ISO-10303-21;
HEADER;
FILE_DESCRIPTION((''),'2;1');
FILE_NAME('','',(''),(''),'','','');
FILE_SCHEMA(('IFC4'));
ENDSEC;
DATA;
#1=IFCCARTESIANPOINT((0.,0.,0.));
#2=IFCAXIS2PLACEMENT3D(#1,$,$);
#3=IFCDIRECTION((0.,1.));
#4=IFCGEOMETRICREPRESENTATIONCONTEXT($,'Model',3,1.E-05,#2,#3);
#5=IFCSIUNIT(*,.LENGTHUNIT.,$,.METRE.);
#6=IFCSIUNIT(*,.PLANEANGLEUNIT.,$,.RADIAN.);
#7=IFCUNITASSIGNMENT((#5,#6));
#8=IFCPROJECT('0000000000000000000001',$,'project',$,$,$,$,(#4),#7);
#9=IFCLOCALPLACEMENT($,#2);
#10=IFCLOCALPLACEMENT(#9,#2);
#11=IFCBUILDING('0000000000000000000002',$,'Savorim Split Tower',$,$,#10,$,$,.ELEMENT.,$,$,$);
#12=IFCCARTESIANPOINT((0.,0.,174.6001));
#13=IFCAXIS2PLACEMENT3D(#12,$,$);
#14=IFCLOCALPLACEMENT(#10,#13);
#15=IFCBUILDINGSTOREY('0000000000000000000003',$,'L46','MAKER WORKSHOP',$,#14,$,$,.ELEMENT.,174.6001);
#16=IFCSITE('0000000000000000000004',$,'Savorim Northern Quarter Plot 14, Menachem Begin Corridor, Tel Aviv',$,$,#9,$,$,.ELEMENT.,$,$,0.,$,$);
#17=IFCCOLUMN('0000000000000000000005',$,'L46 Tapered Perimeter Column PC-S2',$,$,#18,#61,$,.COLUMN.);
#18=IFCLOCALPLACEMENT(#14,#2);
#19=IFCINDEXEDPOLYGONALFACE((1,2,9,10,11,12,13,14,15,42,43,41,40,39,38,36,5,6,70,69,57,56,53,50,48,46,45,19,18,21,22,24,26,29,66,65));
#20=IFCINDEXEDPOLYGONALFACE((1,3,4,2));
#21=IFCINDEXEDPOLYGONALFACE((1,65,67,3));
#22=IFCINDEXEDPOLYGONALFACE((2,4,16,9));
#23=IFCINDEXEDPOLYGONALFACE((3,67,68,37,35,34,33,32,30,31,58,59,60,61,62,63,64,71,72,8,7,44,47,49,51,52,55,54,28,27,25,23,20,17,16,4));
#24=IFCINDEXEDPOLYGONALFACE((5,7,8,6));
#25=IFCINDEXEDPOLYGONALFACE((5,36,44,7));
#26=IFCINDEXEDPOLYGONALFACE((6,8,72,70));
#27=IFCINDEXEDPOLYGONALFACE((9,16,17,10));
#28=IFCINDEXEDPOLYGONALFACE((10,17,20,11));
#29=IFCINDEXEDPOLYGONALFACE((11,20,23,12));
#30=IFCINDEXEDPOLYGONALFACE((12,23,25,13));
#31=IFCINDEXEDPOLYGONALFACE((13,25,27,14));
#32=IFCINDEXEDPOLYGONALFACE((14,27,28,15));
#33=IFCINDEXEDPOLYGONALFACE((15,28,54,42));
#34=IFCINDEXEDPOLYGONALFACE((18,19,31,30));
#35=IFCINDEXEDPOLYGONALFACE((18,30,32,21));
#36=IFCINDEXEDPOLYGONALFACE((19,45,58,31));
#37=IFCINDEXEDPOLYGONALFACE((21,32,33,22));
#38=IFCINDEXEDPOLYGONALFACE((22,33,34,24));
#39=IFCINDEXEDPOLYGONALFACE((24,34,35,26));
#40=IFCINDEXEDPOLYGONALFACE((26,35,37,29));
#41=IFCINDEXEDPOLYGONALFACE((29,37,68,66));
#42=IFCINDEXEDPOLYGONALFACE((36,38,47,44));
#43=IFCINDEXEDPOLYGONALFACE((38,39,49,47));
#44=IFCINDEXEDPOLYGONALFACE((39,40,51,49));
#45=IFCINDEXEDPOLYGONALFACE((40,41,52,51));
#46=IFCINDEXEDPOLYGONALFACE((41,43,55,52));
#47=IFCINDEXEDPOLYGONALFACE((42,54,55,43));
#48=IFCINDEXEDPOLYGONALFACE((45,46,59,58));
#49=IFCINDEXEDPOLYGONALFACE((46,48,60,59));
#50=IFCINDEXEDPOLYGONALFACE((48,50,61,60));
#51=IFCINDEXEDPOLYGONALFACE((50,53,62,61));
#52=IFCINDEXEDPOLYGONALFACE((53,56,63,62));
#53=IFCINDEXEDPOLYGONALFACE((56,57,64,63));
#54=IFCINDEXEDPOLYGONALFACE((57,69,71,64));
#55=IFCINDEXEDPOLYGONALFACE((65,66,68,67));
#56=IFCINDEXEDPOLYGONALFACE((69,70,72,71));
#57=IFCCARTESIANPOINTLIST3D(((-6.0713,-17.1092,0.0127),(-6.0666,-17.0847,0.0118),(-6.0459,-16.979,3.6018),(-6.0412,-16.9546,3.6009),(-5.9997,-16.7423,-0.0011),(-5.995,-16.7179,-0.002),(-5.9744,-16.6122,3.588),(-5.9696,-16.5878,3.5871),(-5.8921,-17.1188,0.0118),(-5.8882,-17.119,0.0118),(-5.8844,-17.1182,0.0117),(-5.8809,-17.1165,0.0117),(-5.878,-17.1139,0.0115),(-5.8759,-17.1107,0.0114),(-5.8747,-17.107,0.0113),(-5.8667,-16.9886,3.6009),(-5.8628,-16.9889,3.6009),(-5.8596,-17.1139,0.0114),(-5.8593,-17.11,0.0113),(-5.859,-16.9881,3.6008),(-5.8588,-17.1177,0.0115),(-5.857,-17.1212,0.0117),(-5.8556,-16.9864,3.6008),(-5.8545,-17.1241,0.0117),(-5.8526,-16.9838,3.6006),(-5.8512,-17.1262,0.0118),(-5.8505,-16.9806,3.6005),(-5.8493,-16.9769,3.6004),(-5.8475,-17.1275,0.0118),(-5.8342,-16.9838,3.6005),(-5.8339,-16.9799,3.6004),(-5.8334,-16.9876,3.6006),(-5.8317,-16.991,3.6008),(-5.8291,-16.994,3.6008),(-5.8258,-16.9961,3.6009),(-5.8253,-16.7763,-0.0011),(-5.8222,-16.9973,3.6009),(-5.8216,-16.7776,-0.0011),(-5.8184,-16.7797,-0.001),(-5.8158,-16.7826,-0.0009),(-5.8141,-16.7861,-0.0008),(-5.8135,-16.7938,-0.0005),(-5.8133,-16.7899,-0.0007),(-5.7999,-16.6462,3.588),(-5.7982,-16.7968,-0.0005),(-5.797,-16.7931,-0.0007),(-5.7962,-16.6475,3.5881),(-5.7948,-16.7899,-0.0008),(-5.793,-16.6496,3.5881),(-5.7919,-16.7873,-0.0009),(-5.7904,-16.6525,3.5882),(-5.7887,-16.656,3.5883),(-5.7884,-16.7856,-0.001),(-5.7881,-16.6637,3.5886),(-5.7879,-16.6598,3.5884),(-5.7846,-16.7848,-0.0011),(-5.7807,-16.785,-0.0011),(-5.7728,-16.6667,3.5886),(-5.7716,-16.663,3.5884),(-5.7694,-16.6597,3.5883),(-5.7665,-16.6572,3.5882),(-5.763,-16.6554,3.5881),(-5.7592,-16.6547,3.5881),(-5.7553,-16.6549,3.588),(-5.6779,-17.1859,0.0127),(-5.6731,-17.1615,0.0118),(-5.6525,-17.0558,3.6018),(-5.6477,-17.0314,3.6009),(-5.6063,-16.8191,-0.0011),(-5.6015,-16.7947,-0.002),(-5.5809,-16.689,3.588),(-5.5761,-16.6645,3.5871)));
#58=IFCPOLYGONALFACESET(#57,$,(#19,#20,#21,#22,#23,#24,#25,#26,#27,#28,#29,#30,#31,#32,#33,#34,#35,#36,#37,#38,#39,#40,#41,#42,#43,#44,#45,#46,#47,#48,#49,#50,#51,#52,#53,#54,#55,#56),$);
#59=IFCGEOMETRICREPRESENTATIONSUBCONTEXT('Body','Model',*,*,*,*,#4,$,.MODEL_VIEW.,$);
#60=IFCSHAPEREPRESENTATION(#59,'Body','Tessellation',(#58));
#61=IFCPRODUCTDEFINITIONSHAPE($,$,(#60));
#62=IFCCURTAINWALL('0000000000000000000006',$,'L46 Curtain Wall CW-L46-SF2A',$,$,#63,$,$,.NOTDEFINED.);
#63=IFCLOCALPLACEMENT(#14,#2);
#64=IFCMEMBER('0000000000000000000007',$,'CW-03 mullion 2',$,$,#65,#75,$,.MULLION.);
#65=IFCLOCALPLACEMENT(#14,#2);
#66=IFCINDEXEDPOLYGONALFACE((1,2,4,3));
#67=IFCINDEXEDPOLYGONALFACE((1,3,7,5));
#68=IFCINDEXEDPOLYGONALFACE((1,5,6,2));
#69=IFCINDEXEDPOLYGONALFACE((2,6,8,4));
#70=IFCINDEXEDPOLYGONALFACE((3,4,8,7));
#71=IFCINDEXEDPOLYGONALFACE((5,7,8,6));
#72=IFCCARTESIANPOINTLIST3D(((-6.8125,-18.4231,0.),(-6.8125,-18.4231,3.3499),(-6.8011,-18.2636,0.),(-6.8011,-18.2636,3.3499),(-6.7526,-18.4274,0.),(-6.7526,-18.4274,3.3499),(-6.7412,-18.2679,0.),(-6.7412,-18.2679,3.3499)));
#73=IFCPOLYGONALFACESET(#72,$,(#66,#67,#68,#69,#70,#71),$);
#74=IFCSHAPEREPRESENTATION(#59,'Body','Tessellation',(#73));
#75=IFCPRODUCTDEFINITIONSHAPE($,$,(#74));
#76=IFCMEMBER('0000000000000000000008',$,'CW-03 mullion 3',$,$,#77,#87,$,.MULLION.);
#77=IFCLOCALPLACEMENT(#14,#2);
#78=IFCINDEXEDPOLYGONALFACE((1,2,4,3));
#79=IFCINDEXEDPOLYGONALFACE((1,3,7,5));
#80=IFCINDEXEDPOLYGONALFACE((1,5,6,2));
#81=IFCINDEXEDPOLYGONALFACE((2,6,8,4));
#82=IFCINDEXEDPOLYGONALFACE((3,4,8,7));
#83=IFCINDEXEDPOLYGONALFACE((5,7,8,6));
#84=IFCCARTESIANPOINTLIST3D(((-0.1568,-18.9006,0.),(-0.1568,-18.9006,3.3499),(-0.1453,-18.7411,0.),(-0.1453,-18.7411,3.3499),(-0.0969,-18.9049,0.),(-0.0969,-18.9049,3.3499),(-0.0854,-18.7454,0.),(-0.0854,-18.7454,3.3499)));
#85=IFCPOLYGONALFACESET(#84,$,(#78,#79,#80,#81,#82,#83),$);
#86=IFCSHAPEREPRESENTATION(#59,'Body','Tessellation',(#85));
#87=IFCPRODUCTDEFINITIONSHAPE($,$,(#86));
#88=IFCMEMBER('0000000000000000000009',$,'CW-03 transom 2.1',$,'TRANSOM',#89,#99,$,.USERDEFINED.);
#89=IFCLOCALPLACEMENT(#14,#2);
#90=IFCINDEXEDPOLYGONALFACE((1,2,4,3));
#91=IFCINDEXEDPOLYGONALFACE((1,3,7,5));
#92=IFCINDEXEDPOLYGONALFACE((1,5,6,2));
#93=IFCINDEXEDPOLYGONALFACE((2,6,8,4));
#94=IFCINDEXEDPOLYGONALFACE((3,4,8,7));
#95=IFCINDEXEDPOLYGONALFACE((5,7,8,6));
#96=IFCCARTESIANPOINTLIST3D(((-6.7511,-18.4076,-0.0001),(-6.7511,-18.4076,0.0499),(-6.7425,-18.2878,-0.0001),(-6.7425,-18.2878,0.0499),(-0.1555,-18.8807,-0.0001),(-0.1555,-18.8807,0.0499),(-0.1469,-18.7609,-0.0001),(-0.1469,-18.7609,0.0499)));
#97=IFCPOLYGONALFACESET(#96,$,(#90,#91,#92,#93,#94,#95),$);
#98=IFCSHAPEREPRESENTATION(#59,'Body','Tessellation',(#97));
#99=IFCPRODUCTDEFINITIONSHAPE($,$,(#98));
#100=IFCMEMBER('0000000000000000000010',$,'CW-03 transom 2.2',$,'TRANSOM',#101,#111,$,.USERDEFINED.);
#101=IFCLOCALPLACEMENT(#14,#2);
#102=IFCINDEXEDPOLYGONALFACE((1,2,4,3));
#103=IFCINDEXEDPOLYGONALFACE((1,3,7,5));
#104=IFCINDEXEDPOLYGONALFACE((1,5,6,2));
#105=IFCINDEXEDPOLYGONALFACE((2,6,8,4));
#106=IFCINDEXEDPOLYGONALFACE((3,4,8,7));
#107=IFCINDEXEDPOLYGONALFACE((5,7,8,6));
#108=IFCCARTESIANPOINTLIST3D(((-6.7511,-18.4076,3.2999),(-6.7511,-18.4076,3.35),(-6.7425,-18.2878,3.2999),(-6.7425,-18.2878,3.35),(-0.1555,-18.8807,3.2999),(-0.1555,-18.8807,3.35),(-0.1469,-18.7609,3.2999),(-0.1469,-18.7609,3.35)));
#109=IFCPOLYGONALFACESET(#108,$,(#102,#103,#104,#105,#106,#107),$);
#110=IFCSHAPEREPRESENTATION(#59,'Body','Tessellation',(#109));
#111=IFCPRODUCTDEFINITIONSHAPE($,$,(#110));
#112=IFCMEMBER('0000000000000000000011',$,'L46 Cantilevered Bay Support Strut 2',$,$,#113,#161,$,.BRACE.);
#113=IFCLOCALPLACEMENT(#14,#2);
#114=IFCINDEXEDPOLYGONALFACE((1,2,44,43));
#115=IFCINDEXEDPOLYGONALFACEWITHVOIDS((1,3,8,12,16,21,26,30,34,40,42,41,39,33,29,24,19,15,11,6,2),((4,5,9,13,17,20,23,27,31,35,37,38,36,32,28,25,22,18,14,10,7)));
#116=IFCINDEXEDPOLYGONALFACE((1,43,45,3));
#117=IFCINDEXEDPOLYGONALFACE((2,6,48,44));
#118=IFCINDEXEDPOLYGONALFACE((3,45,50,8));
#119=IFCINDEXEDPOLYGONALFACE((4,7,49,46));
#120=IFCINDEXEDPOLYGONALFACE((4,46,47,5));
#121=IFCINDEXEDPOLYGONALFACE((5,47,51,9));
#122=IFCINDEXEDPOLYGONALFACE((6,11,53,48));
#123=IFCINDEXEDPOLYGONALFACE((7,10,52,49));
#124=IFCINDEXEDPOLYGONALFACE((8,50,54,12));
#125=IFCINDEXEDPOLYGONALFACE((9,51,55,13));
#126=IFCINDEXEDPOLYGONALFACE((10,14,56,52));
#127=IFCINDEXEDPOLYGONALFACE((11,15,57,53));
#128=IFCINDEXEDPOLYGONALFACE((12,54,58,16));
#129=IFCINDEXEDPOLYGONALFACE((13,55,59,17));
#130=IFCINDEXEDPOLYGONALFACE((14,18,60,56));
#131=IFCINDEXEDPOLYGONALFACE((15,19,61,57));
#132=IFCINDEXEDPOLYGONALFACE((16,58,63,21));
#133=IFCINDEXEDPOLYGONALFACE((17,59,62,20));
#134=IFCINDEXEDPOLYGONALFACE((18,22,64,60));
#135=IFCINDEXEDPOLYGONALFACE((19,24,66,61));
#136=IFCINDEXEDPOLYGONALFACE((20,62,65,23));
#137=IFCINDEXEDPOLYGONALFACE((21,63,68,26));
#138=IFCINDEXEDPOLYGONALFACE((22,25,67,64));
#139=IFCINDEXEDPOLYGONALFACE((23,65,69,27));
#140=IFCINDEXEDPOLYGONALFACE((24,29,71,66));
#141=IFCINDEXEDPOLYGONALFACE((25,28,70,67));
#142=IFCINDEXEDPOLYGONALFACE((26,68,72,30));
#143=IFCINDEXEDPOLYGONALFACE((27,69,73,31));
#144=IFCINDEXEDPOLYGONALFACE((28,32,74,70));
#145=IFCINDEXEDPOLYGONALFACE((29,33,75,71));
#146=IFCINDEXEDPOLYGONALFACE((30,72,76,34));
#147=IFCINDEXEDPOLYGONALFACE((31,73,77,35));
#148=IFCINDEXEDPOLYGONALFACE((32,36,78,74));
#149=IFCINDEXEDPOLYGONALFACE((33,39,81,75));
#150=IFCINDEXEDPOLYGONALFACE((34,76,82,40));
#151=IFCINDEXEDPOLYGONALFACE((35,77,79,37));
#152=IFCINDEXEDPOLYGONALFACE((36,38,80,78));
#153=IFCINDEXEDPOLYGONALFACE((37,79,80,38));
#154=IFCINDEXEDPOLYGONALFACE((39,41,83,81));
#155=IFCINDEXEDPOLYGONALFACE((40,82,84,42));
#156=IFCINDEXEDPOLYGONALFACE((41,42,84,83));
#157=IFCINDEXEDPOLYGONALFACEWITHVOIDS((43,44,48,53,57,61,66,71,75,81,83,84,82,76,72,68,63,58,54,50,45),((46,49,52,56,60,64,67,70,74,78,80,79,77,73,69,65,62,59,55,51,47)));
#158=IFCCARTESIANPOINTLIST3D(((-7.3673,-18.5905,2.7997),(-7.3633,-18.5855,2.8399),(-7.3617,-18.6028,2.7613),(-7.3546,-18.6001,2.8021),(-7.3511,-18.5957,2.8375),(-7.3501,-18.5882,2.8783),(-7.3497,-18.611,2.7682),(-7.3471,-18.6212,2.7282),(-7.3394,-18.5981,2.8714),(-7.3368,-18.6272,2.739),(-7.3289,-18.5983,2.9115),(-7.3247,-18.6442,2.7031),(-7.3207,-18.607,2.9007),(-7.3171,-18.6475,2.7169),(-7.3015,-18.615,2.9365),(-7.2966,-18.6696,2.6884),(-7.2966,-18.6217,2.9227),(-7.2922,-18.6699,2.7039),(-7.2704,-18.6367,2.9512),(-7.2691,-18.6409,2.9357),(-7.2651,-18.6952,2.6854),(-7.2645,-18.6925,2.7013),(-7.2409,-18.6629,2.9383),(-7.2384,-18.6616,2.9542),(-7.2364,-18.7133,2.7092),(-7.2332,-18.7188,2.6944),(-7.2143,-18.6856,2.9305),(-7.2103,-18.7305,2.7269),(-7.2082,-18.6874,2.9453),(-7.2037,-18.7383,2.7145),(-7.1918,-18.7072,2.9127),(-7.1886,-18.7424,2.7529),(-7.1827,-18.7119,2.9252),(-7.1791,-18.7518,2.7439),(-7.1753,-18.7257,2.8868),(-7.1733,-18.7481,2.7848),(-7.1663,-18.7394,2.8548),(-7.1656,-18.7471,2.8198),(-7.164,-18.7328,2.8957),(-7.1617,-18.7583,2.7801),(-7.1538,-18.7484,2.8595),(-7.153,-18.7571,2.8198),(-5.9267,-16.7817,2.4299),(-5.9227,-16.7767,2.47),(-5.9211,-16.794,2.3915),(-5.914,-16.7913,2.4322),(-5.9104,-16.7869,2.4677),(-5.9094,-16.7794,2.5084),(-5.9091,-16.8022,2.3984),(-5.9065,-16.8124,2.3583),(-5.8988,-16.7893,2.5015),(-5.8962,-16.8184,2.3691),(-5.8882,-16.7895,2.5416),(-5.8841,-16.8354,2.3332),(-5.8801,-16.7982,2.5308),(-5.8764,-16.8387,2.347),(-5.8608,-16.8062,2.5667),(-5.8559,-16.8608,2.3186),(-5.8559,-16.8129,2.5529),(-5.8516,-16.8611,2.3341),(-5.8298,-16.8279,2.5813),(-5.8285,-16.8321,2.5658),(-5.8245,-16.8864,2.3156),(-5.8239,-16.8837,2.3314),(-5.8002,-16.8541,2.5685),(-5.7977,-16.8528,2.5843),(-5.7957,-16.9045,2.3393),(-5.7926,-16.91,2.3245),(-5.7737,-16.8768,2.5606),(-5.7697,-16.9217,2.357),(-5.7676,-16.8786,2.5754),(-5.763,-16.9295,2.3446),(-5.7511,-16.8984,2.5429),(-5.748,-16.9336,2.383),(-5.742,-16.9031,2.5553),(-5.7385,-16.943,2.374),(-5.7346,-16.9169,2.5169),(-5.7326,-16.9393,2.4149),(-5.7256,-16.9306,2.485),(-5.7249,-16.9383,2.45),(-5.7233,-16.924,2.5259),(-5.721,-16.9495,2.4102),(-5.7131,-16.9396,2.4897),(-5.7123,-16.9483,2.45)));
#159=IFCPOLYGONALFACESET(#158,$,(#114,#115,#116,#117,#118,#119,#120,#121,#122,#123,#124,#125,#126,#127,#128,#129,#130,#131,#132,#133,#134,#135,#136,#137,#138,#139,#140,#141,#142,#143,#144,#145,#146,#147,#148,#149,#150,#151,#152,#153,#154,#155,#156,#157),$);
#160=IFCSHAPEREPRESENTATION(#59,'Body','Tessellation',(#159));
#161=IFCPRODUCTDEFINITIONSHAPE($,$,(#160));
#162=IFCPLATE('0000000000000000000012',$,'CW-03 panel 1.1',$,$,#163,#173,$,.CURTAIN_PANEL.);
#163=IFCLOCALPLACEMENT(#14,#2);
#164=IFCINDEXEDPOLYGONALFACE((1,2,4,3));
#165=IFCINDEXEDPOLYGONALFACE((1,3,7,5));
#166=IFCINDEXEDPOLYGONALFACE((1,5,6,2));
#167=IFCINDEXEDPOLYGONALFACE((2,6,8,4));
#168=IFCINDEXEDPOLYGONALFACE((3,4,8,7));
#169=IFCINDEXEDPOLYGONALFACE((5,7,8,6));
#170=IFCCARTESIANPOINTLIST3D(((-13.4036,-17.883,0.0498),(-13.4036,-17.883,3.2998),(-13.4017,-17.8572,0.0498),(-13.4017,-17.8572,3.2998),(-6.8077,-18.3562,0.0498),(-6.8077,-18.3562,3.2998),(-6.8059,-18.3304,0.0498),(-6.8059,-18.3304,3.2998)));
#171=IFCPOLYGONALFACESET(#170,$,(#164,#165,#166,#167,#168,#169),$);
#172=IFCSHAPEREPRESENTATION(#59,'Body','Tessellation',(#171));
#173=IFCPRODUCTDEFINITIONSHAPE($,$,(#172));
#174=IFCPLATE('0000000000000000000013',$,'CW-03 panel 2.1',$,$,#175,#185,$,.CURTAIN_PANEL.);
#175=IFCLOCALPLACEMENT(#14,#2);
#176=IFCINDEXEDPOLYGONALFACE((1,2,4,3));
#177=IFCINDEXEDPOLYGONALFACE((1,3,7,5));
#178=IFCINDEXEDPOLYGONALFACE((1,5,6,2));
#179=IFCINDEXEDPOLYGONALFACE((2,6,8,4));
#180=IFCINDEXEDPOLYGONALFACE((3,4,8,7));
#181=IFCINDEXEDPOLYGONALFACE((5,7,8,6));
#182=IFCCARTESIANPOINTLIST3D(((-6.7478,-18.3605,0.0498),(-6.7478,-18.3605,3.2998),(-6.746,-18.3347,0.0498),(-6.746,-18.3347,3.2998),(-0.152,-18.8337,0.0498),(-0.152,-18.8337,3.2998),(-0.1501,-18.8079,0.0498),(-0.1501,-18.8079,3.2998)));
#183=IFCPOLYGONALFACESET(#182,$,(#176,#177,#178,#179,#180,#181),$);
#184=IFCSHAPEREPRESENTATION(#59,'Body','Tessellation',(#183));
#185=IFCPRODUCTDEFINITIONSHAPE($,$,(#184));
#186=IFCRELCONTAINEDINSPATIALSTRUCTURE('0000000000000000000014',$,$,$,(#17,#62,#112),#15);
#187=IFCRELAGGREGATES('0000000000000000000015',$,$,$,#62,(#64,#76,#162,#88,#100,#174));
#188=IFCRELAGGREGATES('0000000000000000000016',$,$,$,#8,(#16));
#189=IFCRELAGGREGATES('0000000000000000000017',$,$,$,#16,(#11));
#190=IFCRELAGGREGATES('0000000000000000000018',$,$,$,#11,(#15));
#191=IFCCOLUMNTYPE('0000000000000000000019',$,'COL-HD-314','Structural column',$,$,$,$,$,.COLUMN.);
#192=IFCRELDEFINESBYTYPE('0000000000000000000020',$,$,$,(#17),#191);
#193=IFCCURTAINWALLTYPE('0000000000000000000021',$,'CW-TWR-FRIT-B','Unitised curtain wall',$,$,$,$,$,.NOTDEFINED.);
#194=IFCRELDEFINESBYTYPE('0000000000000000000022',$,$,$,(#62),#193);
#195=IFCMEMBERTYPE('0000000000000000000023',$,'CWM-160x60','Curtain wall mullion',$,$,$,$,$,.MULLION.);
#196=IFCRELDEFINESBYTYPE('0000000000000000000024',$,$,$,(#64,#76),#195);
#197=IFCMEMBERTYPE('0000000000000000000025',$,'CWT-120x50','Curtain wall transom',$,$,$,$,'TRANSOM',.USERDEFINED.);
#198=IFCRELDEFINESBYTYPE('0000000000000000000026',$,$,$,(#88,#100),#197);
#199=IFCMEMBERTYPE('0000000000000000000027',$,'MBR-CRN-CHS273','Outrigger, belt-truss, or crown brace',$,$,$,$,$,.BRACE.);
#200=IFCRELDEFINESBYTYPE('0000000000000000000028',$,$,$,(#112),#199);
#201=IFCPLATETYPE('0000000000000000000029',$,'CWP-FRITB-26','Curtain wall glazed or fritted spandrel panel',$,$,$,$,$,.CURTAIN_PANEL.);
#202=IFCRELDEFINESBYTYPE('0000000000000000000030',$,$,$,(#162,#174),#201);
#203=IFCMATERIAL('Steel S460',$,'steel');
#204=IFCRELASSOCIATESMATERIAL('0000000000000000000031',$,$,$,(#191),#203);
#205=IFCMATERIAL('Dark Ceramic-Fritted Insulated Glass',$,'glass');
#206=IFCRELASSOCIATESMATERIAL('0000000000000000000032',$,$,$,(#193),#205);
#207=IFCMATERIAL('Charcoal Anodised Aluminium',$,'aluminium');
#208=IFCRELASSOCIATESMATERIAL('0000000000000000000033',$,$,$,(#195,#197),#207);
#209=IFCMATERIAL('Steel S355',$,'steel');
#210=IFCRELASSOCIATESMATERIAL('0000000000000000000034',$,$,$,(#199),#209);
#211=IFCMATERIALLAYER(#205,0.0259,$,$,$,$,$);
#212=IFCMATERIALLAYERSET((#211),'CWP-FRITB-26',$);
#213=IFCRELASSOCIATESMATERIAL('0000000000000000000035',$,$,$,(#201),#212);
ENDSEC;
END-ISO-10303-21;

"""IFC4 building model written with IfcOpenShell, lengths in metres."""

from ifc_helpers import new_model, si_unit, direction, frame, origin, origin_2d, place, context, subcontext, project, spatial, rectangle, hollow_circle, i_section, extrude, material, layer, layer_set, material_profile, profile_set, type_object, element, aggregate, save


model = new_model("IFC4")

# Units and contexts
model_context = context("Model", 3, precision=1e-05, world=origin(), true_north=direction((0.0, 1.0)))
body_context = subcontext(model_context, "Body", "Model", "MODEL_VIEW")
ifc_project = project(units=[si_unit("LENGTHUNIT", "METRE"), si_unit("PLANEANGLEUNIT", "RADIAN")], contexts=[model_context])

# Site, building, storey
site_placement = place(None, origin())
site = spatial("IfcSite", under=ifc_project, at=site_placement, Name="Savorim Northern Quarter Plot 14, Menachem Begin Corridor, Tel Aviv", CompositionType="ELEMENT", RefElevation=0.0)
building_placement = place(site_placement, origin())
building = spatial("IfcBuilding", under=site, at=building_placement, Name="Savorim Split Tower", CompositionType="ELEMENT")
storey_placement = place(building_placement, frame((0.0, 0.0, 174.6001)))
storey = spatial("IfcBuildingStorey", under=building, at=storey_placement, Name="L46", Description="MAKER WORKSHOP", CompositionType="ELEMENT", Elevation=174.6001)

# Column
ifc_material_1 = material(Name="Steel S460", Category="steel")
ifc_material_profile_1 = material_profile(ifc_material_1, i_section(OverallWidth=0.4009, OverallDepth=0.3989, WebThickness=0.0156, FlangeThickness=0.0249, FilletRadius=0.0149, at=origin_2d()), Name="HD 400x314")
ifc_profile_set_1 = profile_set([ifc_material_profile_1], Name="Steel S460")
column_type = type_object("IfcColumnType", Name="COL-HD-314", Description="Structural column", PredefinedType="COLUMN", material=ifc_profile_set_1)
column_placement = place(storey_placement, frame((-5.8364, -16.9519, 0.0054), z_axis=(0.00707, 0.036231, 0.999318), x_axis=(-0.981491, 0.19151, 0.0)))
element("IfcColumn", 1, at=column_placement, inside=storey, type_object=column_type, Name="L46 Tapered Perimeter Column PC-S2", PredefinedType="COLUMN", context=body_context, shape_type="SweptSolid", body=[
    extrude(i_section(OverallWidth=0.4009, OverallDepth=0.3989, WebThickness=0.0156, FlangeThickness=0.0249, FilletRadius=0.0149, at=origin_2d()), origin(), (0.0, 0.0, 1.0), 3.5916),
])

# Curtain wall, members
ifc_material_2 = material(Name="Dark Ceramic-Fritted Insulated Glass", Category="glass")
curtain_wall_type = type_object("IfcCurtainWallType", Name="CW-TWR-FRIT-B", Description="Unitised curtain wall", PredefinedType="NOTDEFINED", material=ifc_material_2)
curtain_wall_placement = place(storey_placement, origin())
curtain_wall = element("IfcCurtainWall", 2, at=curtain_wall_placement, inside=storey, type_object=curtain_wall_type, Name="L46 Curtain Wall CW-L46-SF2A", PredefinedType="NOTDEFINED")
ifc_material_3 = material(Name="Charcoal Anodised Aluminium", Category="aluminium")
ifc_material_profile_2 = material_profile(ifc_material_3, rectangle(XDim=0.1599, YDim=0.0601, at=origin_2d()), Name="ALU-M 160x60")
ifc_profile_set_2 = profile_set([ifc_material_profile_2], Name="Charcoal Anodised Aluminium")
member_type_1 = type_object("IfcMemberType", Name="CWM-160x60", Description="Curtain wall mullion", PredefinedType="MULLION", material=ifc_profile_set_2)
member_1_placement = place(storey_placement, frame((-6.7769, -18.3455, 0.0), z_axis=(0.0, 0.0, 1.0), x_axis=(0.071559, 0.997436, 0.0)))
member_1 = element("IfcMember", 3, at=member_1_placement, type_object=member_type_1, Name="CW-03 mullion 2", PredefinedType="MULLION", context=body_context, shape_type="SweptSolid", body=[
    extrude(rectangle(XDim=0.1599, YDim=0.0601, at=origin_2d()), origin(), (0.0, 0.0, 1.0), 3.3499),
])
member_2_placement = place(storey_placement, frame((-0.1211, -18.823, 0.0), z_axis=(0.0, 0.0, 1.0), x_axis=(0.071559, 0.997436, 0.0)))
member_2 = element("IfcMember", 4, at=member_2_placement, type_object=member_type_1, Name="CW-03 mullion 3", PredefinedType="MULLION", context=body_context, shape_type="SweptSolid", body=[
    extrude(rectangle(XDim=0.1599, YDim=0.0601, at=origin_2d()), origin(), (0.0, 0.0, 1.0), 3.3499),
])
ifc_material_profile_3 = material_profile(ifc_material_3, rectangle(XDim=0.1201, YDim=0.05, at=origin_2d()), Name="ALU-T 120x50")
ifc_profile_set_3 = profile_set([ifc_material_profile_3], Name="Charcoal Anodised Aluminium")
member_type_2 = type_object("IfcMemberType", Name="CWT-120x50", Description="Curtain wall transom", ElementType="TRANSOM", PredefinedType="USERDEFINED", material=ifc_profile_set_3)
member_3_placement = place(storey_placement, frame((-6.7468, -18.3477, 0.0249), z_axis=(0.997437, -0.071551, 0.0), x_axis=(0.071551, 0.997437, 0.0)))
member_3 = element("IfcMember", 5, at=member_3_placement, type_object=member_type_2, Name="CW-03 transom 2.1", ObjectType="TRANSOM", PredefinedType="USERDEFINED", context=body_context, shape_type="SweptSolid", body=[
    extrude(rectangle(XDim=0.1201, YDim=0.05, at=origin_2d()), origin(), (0.0, 0.0, 1.0), 6.6125),
])
member_4_placement = place(storey_placement, frame((-6.7468, -18.3477, 3.325), z_axis=(0.997437, -0.071551, 0.0), x_axis=(0.071551, 0.997437, 0.0)))
member_4 = element("IfcMember", 6, at=member_4_placement, type_object=member_type_2, Name="CW-03 transom 2.2", ObjectType="TRANSOM", PredefinedType="USERDEFINED", context=body_context, shape_type="SweptSolid", body=[
    extrude(rectangle(XDim=0.1201, YDim=0.05, at=origin_2d()), origin(), (0.0, 0.0, 1.0), 6.6125),
])

# Member
ifc_material_4 = material(Name="Steel S355", Category="steel")
ifc_material_profile_4 = material_profile(ifc_material_4, hollow_circle(Radius=0.1365, WallThickness=0.0161, at=origin_2d()), Name="CHS 273x16")
ifc_profile_set_4 = profile_set([ifc_material_profile_4], Name="Steel S355")
member_type_3 = type_object("IfcMemberType", Name="MBR-CRN-CHS273", Description="Outrigger, belt-truss, or crown brace", PredefinedType="BRACE", material=ifc_profile_set_4)
member_5_placement = place(storey_placement, frame((-5.8191, -16.8633, 2.45), z_axis=(-0.615187, -0.772398, 0.157941), x_axis=(0.782216, -0.623007, 0.0)))
element("IfcMember", 7, at=member_5_placement, inside=storey, type_object=member_type_3, Name="L46 Cantilevered Bay Support Strut 2", PredefinedType="BRACE", context=body_context, shape_type="SweptSolid", body=[
    extrude(hollow_circle(Radius=0.1365, WallThickness=0.0161, at=origin_2d()), origin(), (0.0, 0.0, 1.0), 2.3418),
])

# Plates
ifc_layer_1 = layer(ifc_material_2, 0.0259)
ifc_layer_set_1 = layer_set([ifc_layer_1], Name="CWP-FRITB-26")
plate_type_1 = type_object("IfcPlateType", Name="CWP-FRITB-26", Description="Curtain wall glazed or fritted spandrel panel", PredefinedType="CURTAIN_PANEL", material=ifc_layer_set_1)
plate_1_placement = place(storey_placement, frame((-10.1047, -18.1067, 0.0498), z_axis=(0.0, 0.0, 1.0), x_axis=(0.997436, -0.071559, 0.0)))
plate_1 = element("IfcPlate", 8, at=plate_1_placement, type_object=plate_type_1, Name="CW-03 panel 1.1", PredefinedType="CURTAIN_PANEL", context=body_context, shape_type="SweptSolid", body=[
    extrude(rectangle(XDim=6.6128, YDim=0.0259, at=origin_2d()), origin(), (0.0, 0.0, 1.0), 3.25),
])
plate_2_placement = place(storey_placement, frame((-3.449, -18.5842, 0.0498), z_axis=(0.0, 0.0, 1.0), x_axis=(0.997436, -0.071559, 0.0)))
plate_2 = element("IfcPlate", 9, at=plate_2_placement, type_object=plate_type_1, Name="CW-03 panel 2.1", PredefinedType="CURTAIN_PANEL", context=body_context, shape_type="SweptSolid", body=[
    extrude(rectangle(XDim=6.6128, YDim=0.0259, at=origin_2d()), origin(), (0.0, 0.0, 1.0), 3.25),
])
aggregate(curtain_wall, [member_1, member_2, plate_1, member_3, member_4, plate_2])

save(model, "model.ifc")
